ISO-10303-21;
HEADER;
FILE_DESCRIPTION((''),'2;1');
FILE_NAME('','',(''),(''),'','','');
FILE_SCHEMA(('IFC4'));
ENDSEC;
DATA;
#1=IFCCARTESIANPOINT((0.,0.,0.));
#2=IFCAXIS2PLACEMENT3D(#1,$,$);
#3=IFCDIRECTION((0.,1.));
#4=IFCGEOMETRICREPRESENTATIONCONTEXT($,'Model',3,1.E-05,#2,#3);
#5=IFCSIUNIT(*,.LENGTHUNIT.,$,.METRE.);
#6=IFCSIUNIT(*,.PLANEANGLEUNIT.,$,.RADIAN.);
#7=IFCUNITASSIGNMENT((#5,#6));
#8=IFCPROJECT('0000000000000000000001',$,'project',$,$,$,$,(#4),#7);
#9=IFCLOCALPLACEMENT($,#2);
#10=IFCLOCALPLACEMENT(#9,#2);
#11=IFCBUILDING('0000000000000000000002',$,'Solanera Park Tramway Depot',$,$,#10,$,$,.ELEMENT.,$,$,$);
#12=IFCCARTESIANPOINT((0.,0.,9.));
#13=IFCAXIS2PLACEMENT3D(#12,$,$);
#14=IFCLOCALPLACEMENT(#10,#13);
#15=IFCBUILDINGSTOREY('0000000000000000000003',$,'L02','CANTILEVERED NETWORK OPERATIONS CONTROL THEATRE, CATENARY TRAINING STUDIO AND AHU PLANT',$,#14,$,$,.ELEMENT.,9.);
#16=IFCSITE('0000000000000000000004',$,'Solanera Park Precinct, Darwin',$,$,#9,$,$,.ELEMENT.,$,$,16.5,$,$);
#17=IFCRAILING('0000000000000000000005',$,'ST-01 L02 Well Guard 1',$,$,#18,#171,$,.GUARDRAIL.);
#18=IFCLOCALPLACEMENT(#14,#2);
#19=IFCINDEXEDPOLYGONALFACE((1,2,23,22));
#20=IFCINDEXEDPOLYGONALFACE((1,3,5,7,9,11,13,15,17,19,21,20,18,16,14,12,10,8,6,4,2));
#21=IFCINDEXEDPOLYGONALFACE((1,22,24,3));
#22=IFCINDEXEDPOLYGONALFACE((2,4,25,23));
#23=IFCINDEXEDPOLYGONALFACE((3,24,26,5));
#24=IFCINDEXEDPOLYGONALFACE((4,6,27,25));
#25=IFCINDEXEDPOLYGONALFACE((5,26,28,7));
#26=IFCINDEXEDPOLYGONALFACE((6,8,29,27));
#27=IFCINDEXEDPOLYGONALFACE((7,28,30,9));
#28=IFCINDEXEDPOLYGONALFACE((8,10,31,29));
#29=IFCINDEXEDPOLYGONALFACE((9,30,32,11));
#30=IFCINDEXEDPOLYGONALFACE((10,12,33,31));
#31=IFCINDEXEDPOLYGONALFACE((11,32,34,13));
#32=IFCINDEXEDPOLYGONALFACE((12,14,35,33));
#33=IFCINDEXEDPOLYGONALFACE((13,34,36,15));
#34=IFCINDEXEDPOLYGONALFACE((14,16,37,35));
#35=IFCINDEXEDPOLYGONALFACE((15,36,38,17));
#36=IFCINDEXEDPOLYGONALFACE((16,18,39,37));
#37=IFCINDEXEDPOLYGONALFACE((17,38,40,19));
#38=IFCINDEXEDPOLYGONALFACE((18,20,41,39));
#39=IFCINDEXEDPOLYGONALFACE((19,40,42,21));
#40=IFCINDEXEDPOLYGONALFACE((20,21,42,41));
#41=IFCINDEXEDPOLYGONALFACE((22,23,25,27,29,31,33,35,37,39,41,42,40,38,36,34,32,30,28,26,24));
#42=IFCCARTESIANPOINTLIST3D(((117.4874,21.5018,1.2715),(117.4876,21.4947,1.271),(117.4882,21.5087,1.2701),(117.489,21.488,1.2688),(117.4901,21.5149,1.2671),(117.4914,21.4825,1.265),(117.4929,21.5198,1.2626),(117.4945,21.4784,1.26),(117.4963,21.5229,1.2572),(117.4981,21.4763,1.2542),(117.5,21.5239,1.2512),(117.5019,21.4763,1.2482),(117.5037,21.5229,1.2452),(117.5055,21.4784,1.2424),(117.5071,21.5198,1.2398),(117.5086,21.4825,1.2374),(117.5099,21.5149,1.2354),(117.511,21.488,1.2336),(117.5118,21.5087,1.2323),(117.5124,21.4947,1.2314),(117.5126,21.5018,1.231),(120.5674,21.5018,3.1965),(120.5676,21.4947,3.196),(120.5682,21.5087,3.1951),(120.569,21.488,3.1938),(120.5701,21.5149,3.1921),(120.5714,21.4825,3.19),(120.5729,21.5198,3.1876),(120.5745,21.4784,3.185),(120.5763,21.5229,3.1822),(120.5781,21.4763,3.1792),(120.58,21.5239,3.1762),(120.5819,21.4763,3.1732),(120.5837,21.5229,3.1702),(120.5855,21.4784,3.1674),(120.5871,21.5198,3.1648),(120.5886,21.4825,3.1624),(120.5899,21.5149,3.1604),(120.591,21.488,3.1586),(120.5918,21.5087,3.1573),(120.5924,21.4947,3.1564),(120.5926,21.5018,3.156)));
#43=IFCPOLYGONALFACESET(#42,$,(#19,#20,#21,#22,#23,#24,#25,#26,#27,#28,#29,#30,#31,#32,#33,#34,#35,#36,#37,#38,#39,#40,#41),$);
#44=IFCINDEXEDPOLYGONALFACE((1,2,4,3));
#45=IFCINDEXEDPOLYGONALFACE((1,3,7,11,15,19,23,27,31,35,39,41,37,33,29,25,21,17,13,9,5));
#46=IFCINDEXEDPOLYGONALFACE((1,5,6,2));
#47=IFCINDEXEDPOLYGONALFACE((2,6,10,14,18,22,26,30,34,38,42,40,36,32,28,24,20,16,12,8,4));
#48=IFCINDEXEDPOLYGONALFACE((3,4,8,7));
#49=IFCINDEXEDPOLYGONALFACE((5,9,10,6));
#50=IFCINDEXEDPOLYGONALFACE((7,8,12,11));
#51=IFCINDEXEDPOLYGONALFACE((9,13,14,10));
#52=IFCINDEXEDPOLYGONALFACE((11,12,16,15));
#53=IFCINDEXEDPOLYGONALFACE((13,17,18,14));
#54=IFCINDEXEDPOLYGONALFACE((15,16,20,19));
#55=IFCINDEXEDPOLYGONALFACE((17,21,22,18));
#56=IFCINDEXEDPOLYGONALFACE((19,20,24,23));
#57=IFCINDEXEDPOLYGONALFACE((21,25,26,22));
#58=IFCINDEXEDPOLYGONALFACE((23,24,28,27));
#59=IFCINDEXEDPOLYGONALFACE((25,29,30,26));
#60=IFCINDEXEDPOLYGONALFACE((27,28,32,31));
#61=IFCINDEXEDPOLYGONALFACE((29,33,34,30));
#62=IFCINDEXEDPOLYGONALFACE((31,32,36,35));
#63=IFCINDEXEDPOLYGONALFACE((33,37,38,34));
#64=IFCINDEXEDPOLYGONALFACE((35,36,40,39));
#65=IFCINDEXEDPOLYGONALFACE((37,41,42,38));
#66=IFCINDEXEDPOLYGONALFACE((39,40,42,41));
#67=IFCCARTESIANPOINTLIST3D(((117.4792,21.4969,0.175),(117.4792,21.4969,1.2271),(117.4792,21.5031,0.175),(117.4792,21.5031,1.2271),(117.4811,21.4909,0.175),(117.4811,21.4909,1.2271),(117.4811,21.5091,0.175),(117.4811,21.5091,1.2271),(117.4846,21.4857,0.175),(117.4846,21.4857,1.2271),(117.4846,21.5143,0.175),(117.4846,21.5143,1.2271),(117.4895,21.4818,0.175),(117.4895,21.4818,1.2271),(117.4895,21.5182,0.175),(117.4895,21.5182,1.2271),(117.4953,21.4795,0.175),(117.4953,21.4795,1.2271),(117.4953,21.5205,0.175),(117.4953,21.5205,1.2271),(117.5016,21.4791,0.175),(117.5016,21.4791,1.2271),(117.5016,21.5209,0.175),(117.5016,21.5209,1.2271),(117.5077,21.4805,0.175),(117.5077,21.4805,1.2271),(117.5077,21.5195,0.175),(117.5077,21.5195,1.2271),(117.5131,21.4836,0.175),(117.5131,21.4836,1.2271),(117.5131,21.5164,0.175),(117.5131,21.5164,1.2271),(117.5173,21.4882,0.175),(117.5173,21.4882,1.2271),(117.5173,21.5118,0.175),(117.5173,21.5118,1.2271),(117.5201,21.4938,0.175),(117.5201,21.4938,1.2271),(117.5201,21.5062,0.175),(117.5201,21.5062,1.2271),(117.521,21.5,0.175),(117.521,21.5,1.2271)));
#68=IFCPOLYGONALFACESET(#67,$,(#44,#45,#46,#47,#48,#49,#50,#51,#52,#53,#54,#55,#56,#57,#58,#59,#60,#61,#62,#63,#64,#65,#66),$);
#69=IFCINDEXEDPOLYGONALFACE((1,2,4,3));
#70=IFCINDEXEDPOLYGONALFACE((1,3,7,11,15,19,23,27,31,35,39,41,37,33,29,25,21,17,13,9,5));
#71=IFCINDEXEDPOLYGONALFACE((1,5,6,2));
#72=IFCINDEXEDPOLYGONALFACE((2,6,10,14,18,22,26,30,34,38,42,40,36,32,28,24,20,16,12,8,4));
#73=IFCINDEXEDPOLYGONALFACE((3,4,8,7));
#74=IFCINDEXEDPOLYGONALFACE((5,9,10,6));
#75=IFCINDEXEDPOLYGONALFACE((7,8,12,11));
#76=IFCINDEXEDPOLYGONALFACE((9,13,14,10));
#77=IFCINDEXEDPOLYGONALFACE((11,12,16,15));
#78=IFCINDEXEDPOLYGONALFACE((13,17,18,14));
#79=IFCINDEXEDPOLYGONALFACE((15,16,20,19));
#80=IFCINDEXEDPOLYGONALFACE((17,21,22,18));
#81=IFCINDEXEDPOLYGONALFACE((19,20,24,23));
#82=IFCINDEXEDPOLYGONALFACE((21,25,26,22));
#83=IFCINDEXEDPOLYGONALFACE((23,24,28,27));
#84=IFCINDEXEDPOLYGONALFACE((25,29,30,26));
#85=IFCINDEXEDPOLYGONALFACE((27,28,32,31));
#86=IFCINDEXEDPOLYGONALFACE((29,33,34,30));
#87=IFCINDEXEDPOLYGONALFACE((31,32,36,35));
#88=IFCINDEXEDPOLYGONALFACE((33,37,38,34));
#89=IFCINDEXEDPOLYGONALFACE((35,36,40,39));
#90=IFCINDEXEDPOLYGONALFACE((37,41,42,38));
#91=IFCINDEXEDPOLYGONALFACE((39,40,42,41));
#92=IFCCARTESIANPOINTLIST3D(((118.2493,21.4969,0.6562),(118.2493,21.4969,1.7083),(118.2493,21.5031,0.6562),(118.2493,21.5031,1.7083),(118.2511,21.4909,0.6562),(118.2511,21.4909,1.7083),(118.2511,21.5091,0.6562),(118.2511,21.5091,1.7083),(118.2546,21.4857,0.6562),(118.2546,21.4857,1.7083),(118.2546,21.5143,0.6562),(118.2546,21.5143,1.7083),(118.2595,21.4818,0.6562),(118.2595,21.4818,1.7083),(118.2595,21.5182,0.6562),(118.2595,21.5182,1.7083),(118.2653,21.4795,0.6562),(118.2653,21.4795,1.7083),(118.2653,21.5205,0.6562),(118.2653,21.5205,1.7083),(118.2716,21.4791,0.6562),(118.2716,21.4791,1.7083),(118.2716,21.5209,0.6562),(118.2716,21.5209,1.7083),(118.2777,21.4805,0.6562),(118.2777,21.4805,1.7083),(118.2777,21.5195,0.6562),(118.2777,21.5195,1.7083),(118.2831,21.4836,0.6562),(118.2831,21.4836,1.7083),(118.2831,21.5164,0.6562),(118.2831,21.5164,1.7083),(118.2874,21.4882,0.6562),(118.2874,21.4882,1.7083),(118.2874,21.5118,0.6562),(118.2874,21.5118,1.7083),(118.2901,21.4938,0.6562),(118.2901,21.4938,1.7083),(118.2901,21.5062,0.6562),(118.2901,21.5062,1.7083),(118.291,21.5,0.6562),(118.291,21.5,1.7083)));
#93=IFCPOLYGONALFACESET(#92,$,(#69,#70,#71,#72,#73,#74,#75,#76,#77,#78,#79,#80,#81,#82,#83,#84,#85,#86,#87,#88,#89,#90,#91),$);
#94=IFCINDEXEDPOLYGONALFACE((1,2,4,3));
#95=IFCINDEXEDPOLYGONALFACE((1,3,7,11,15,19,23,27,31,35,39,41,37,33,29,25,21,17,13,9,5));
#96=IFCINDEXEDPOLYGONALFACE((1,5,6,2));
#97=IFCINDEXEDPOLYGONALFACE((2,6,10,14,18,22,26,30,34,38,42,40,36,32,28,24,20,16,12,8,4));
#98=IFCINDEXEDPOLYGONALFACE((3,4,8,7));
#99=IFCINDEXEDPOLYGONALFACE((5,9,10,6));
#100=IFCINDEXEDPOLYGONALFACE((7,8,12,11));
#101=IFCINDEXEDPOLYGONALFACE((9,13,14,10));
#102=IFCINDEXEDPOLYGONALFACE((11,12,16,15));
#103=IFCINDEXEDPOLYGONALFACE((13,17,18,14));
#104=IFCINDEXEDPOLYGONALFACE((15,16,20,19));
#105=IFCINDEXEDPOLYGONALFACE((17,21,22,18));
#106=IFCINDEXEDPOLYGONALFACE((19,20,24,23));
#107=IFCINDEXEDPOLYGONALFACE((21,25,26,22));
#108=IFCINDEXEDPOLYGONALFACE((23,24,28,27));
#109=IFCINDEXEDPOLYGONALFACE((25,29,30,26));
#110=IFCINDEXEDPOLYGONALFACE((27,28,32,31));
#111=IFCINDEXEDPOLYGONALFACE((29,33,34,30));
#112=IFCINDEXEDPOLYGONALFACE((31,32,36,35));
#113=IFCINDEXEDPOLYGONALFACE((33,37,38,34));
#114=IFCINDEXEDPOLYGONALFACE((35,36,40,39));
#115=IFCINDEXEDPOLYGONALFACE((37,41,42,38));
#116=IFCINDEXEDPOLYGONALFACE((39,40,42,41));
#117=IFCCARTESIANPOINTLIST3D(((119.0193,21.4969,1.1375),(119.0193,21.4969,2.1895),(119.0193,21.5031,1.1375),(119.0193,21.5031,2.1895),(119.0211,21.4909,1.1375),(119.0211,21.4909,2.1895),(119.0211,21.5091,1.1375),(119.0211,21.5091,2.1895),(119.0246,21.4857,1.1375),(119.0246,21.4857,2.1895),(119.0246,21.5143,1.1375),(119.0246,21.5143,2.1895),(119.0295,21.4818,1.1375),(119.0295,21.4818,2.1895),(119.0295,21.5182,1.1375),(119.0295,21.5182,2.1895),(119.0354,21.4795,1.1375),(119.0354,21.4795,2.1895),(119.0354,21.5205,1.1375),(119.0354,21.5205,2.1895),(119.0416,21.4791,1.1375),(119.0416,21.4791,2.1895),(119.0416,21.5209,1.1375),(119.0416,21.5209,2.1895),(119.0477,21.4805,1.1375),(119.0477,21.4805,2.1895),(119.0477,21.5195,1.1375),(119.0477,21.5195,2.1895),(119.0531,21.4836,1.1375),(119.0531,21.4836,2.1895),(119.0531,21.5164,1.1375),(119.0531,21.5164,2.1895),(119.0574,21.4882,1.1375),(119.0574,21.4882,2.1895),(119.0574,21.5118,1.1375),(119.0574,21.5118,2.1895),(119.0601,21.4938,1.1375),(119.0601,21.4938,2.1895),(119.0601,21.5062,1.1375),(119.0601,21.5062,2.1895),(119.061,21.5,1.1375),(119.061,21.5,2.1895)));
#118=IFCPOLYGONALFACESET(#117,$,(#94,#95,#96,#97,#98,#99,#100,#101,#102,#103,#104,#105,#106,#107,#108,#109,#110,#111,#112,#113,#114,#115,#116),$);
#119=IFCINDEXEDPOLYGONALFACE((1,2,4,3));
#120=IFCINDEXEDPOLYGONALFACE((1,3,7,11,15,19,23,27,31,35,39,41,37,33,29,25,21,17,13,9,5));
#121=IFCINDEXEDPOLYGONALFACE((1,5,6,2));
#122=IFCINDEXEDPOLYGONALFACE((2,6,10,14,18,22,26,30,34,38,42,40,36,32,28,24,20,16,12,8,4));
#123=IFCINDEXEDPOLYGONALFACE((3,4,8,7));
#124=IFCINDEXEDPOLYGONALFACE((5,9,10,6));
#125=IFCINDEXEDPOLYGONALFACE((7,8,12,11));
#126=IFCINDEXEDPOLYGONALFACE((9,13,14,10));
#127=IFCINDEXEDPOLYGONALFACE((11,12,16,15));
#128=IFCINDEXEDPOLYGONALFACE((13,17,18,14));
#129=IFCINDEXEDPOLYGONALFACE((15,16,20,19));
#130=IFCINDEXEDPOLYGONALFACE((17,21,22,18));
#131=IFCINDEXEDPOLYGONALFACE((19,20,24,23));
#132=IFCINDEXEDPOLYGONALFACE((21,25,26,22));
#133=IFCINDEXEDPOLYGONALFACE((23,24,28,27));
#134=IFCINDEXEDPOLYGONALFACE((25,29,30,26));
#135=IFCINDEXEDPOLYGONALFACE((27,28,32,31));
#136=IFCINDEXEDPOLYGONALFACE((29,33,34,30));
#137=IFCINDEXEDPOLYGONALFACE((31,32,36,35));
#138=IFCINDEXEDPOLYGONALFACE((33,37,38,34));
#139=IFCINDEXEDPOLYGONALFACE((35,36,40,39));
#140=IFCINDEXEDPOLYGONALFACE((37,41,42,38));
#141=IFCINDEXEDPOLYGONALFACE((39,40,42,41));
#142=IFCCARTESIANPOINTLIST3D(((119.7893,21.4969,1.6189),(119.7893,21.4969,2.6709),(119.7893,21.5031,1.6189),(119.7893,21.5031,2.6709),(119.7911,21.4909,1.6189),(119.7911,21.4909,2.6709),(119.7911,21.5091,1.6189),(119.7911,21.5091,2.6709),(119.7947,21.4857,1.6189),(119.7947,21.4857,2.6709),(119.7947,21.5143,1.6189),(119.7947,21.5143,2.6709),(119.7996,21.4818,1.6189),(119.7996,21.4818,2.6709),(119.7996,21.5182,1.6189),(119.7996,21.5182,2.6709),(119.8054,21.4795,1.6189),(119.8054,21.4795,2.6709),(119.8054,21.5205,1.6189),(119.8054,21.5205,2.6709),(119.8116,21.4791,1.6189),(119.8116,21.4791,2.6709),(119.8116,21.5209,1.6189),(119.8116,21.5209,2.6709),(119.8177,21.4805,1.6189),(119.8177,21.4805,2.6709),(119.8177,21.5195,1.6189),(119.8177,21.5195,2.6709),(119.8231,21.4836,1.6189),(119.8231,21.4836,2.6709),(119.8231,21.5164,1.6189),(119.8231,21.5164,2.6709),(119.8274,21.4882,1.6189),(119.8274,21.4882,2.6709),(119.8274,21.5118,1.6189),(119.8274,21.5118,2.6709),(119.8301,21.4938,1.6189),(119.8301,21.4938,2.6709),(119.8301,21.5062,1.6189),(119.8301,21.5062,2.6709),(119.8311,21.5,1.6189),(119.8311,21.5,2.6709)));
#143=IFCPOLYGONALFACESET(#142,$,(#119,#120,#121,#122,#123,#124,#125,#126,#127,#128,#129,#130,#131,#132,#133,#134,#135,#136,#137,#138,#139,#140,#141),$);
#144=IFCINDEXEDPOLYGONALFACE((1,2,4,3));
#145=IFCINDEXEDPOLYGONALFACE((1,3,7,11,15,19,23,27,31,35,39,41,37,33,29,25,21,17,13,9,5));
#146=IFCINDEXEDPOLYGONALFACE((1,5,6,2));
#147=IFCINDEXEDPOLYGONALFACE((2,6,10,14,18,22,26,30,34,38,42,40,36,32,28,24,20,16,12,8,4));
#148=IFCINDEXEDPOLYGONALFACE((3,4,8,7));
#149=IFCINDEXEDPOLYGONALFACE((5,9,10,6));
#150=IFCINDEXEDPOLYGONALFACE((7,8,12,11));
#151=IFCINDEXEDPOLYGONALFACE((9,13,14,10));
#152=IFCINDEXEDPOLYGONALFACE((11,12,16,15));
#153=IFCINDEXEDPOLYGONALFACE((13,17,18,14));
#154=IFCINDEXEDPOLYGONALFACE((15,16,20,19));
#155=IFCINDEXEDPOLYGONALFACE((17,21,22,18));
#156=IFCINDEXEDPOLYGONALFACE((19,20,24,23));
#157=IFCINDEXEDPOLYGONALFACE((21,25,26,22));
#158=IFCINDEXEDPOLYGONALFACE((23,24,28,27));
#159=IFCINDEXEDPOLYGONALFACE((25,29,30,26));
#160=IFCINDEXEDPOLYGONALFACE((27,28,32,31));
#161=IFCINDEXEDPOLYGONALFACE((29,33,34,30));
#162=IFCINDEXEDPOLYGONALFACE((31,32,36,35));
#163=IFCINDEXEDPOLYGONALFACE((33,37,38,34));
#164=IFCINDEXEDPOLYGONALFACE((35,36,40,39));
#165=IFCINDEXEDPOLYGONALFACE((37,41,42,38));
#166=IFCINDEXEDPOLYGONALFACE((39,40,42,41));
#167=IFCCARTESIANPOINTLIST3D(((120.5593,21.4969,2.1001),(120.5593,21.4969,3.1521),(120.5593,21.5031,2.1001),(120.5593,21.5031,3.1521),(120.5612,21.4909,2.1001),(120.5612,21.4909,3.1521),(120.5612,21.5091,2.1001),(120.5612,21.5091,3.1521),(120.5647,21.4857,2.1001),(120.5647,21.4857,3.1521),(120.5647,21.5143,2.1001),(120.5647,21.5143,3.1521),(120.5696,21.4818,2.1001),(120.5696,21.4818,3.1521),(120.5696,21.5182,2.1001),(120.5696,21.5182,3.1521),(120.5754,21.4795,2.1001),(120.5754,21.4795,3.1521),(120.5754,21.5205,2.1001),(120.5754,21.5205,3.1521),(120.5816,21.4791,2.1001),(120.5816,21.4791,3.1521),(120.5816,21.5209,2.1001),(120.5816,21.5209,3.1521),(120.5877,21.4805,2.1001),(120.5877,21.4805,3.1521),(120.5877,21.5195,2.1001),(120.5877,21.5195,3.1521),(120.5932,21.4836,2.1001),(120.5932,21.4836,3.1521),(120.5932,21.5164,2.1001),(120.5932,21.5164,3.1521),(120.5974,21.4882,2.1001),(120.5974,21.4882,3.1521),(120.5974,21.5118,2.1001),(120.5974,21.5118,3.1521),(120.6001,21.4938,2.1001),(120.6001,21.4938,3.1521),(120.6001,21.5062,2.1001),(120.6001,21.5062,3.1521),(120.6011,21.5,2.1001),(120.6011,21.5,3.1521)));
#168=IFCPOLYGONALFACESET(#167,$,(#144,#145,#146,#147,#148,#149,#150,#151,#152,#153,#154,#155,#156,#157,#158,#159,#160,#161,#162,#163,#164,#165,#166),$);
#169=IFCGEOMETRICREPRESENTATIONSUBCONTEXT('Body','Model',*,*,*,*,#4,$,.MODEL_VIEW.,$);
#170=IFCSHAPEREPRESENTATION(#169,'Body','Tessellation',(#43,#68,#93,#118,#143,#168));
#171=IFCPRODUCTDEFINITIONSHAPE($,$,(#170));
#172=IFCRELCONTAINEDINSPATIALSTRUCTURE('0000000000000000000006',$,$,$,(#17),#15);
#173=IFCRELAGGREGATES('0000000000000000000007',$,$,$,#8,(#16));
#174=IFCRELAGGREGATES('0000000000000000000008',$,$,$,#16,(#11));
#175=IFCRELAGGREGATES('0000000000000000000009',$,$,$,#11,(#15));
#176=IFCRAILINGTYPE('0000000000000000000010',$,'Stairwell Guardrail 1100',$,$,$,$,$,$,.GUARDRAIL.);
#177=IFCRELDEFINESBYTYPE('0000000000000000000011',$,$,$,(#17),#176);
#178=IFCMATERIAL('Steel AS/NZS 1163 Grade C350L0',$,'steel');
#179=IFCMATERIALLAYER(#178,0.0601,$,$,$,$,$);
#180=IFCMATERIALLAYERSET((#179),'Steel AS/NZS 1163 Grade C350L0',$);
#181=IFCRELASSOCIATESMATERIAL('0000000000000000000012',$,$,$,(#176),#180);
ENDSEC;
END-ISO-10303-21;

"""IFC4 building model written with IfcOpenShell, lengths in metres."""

from ifc_helpers import new_model, si_unit, direction, frame, origin, origin_2d, place, context, subcontext, project, spatial, circle, extrude, material, layer, layer_set, type_object, element, save


model = new_model("IFC4")

# Units and contexts
model_context = context("Model", 3, precision=1e-05, world=origin(), true_north=direction((0.0, 1.0)))
body_context = subcontext(model_context, "Body", "Model", "MODEL_VIEW")
ifc_project = project(units=[si_unit("LENGTHUNIT", "METRE"), si_unit("PLANEANGLEUNIT", "RADIAN")], contexts=[model_context])

# Site, building, storey
site_placement = place(None, origin())
site = spatial("IfcSite", under=ifc_project, at=site_placement, Name="Solanera Park Precinct, Darwin", CompositionType="ELEMENT", RefElevation=16.5)
building_placement = place(site_placement, origin())
building = spatial("IfcBuilding", under=site, at=building_placement, Name="Solanera Park Tramway Depot", CompositionType="ELEMENT")
storey_placement = place(building_placement, frame((0.0, 0.0, 9.0)))
storey = spatial("IfcBuildingStorey", under=building, at=storey_placement, Name="L02", Description="CANTILEVERED NETWORK OPERATIONS CONTROL THEATRE, CATENARY TRAINING STUDIO AND AHU PLANT", CompositionType="ELEMENT", Elevation=9.0)

# Railing
ifc_material_1 = material(Name="Steel AS/NZS 1163 Grade C350L0", Category="steel")
ifc_layer_1 = layer(ifc_material_1, 0.0601)
ifc_layer_set_1 = layer_set([ifc_layer_1], Name="Steel AS/NZS 1163 Grade C350L0")
railing_type_1 = type_object("IfcRailingType", Name="Stairwell Guardrail 1100", PredefinedType="GUARDRAIL", material=ifc_layer_set_1)
railing_1_placement = place(storey_placement, frame((117.5, 21.5, 0.175)))
element("IfcRailing", 1, at=railing_1_placement, inside=storey, type_object=railing_type_1, Name="ST-01 L02 Well Guard 1", PredefinedType="GUARDRAIL", context=body_context, shape_type="SweptSolid", body=[
    extrude(circle(Radius=0.0239, at=origin_2d()), frame((0.0, 0.0, 1.0762), z_axis=(0.847998, 0.0, 0.529999), x_axis=(0.0, 1.0, 0.0)), (0.0, 0.0, 1.0), 3.6321),
    extrude(circle(Radius=0.021, at=origin_2d()), origin(), (0.0, 0.0, 1.0), 1.052),
    extrude(circle(Radius=0.021, at=origin_2d()), frame((0.77, 0.0, 0.4812)), (0.0, 0.0, 1.0), 1.052),
    extrude(circle(Radius=0.021, at=origin_2d()), frame((1.54, 0.0, 0.9624)), (0.0, 0.0, 1.0), 1.052),
    extrude(circle(Radius=0.021, at=origin_2d()), frame((2.3101, 0.0, 1.4438)), (0.0, 0.0, 1.0), 1.052),
    extrude(circle(Radius=0.021, at=origin_2d()), frame((3.0801, 0.0, 1.925)), (0.0, 0.0, 1.0), 1.052),
])

save(model, "model.ifc")
